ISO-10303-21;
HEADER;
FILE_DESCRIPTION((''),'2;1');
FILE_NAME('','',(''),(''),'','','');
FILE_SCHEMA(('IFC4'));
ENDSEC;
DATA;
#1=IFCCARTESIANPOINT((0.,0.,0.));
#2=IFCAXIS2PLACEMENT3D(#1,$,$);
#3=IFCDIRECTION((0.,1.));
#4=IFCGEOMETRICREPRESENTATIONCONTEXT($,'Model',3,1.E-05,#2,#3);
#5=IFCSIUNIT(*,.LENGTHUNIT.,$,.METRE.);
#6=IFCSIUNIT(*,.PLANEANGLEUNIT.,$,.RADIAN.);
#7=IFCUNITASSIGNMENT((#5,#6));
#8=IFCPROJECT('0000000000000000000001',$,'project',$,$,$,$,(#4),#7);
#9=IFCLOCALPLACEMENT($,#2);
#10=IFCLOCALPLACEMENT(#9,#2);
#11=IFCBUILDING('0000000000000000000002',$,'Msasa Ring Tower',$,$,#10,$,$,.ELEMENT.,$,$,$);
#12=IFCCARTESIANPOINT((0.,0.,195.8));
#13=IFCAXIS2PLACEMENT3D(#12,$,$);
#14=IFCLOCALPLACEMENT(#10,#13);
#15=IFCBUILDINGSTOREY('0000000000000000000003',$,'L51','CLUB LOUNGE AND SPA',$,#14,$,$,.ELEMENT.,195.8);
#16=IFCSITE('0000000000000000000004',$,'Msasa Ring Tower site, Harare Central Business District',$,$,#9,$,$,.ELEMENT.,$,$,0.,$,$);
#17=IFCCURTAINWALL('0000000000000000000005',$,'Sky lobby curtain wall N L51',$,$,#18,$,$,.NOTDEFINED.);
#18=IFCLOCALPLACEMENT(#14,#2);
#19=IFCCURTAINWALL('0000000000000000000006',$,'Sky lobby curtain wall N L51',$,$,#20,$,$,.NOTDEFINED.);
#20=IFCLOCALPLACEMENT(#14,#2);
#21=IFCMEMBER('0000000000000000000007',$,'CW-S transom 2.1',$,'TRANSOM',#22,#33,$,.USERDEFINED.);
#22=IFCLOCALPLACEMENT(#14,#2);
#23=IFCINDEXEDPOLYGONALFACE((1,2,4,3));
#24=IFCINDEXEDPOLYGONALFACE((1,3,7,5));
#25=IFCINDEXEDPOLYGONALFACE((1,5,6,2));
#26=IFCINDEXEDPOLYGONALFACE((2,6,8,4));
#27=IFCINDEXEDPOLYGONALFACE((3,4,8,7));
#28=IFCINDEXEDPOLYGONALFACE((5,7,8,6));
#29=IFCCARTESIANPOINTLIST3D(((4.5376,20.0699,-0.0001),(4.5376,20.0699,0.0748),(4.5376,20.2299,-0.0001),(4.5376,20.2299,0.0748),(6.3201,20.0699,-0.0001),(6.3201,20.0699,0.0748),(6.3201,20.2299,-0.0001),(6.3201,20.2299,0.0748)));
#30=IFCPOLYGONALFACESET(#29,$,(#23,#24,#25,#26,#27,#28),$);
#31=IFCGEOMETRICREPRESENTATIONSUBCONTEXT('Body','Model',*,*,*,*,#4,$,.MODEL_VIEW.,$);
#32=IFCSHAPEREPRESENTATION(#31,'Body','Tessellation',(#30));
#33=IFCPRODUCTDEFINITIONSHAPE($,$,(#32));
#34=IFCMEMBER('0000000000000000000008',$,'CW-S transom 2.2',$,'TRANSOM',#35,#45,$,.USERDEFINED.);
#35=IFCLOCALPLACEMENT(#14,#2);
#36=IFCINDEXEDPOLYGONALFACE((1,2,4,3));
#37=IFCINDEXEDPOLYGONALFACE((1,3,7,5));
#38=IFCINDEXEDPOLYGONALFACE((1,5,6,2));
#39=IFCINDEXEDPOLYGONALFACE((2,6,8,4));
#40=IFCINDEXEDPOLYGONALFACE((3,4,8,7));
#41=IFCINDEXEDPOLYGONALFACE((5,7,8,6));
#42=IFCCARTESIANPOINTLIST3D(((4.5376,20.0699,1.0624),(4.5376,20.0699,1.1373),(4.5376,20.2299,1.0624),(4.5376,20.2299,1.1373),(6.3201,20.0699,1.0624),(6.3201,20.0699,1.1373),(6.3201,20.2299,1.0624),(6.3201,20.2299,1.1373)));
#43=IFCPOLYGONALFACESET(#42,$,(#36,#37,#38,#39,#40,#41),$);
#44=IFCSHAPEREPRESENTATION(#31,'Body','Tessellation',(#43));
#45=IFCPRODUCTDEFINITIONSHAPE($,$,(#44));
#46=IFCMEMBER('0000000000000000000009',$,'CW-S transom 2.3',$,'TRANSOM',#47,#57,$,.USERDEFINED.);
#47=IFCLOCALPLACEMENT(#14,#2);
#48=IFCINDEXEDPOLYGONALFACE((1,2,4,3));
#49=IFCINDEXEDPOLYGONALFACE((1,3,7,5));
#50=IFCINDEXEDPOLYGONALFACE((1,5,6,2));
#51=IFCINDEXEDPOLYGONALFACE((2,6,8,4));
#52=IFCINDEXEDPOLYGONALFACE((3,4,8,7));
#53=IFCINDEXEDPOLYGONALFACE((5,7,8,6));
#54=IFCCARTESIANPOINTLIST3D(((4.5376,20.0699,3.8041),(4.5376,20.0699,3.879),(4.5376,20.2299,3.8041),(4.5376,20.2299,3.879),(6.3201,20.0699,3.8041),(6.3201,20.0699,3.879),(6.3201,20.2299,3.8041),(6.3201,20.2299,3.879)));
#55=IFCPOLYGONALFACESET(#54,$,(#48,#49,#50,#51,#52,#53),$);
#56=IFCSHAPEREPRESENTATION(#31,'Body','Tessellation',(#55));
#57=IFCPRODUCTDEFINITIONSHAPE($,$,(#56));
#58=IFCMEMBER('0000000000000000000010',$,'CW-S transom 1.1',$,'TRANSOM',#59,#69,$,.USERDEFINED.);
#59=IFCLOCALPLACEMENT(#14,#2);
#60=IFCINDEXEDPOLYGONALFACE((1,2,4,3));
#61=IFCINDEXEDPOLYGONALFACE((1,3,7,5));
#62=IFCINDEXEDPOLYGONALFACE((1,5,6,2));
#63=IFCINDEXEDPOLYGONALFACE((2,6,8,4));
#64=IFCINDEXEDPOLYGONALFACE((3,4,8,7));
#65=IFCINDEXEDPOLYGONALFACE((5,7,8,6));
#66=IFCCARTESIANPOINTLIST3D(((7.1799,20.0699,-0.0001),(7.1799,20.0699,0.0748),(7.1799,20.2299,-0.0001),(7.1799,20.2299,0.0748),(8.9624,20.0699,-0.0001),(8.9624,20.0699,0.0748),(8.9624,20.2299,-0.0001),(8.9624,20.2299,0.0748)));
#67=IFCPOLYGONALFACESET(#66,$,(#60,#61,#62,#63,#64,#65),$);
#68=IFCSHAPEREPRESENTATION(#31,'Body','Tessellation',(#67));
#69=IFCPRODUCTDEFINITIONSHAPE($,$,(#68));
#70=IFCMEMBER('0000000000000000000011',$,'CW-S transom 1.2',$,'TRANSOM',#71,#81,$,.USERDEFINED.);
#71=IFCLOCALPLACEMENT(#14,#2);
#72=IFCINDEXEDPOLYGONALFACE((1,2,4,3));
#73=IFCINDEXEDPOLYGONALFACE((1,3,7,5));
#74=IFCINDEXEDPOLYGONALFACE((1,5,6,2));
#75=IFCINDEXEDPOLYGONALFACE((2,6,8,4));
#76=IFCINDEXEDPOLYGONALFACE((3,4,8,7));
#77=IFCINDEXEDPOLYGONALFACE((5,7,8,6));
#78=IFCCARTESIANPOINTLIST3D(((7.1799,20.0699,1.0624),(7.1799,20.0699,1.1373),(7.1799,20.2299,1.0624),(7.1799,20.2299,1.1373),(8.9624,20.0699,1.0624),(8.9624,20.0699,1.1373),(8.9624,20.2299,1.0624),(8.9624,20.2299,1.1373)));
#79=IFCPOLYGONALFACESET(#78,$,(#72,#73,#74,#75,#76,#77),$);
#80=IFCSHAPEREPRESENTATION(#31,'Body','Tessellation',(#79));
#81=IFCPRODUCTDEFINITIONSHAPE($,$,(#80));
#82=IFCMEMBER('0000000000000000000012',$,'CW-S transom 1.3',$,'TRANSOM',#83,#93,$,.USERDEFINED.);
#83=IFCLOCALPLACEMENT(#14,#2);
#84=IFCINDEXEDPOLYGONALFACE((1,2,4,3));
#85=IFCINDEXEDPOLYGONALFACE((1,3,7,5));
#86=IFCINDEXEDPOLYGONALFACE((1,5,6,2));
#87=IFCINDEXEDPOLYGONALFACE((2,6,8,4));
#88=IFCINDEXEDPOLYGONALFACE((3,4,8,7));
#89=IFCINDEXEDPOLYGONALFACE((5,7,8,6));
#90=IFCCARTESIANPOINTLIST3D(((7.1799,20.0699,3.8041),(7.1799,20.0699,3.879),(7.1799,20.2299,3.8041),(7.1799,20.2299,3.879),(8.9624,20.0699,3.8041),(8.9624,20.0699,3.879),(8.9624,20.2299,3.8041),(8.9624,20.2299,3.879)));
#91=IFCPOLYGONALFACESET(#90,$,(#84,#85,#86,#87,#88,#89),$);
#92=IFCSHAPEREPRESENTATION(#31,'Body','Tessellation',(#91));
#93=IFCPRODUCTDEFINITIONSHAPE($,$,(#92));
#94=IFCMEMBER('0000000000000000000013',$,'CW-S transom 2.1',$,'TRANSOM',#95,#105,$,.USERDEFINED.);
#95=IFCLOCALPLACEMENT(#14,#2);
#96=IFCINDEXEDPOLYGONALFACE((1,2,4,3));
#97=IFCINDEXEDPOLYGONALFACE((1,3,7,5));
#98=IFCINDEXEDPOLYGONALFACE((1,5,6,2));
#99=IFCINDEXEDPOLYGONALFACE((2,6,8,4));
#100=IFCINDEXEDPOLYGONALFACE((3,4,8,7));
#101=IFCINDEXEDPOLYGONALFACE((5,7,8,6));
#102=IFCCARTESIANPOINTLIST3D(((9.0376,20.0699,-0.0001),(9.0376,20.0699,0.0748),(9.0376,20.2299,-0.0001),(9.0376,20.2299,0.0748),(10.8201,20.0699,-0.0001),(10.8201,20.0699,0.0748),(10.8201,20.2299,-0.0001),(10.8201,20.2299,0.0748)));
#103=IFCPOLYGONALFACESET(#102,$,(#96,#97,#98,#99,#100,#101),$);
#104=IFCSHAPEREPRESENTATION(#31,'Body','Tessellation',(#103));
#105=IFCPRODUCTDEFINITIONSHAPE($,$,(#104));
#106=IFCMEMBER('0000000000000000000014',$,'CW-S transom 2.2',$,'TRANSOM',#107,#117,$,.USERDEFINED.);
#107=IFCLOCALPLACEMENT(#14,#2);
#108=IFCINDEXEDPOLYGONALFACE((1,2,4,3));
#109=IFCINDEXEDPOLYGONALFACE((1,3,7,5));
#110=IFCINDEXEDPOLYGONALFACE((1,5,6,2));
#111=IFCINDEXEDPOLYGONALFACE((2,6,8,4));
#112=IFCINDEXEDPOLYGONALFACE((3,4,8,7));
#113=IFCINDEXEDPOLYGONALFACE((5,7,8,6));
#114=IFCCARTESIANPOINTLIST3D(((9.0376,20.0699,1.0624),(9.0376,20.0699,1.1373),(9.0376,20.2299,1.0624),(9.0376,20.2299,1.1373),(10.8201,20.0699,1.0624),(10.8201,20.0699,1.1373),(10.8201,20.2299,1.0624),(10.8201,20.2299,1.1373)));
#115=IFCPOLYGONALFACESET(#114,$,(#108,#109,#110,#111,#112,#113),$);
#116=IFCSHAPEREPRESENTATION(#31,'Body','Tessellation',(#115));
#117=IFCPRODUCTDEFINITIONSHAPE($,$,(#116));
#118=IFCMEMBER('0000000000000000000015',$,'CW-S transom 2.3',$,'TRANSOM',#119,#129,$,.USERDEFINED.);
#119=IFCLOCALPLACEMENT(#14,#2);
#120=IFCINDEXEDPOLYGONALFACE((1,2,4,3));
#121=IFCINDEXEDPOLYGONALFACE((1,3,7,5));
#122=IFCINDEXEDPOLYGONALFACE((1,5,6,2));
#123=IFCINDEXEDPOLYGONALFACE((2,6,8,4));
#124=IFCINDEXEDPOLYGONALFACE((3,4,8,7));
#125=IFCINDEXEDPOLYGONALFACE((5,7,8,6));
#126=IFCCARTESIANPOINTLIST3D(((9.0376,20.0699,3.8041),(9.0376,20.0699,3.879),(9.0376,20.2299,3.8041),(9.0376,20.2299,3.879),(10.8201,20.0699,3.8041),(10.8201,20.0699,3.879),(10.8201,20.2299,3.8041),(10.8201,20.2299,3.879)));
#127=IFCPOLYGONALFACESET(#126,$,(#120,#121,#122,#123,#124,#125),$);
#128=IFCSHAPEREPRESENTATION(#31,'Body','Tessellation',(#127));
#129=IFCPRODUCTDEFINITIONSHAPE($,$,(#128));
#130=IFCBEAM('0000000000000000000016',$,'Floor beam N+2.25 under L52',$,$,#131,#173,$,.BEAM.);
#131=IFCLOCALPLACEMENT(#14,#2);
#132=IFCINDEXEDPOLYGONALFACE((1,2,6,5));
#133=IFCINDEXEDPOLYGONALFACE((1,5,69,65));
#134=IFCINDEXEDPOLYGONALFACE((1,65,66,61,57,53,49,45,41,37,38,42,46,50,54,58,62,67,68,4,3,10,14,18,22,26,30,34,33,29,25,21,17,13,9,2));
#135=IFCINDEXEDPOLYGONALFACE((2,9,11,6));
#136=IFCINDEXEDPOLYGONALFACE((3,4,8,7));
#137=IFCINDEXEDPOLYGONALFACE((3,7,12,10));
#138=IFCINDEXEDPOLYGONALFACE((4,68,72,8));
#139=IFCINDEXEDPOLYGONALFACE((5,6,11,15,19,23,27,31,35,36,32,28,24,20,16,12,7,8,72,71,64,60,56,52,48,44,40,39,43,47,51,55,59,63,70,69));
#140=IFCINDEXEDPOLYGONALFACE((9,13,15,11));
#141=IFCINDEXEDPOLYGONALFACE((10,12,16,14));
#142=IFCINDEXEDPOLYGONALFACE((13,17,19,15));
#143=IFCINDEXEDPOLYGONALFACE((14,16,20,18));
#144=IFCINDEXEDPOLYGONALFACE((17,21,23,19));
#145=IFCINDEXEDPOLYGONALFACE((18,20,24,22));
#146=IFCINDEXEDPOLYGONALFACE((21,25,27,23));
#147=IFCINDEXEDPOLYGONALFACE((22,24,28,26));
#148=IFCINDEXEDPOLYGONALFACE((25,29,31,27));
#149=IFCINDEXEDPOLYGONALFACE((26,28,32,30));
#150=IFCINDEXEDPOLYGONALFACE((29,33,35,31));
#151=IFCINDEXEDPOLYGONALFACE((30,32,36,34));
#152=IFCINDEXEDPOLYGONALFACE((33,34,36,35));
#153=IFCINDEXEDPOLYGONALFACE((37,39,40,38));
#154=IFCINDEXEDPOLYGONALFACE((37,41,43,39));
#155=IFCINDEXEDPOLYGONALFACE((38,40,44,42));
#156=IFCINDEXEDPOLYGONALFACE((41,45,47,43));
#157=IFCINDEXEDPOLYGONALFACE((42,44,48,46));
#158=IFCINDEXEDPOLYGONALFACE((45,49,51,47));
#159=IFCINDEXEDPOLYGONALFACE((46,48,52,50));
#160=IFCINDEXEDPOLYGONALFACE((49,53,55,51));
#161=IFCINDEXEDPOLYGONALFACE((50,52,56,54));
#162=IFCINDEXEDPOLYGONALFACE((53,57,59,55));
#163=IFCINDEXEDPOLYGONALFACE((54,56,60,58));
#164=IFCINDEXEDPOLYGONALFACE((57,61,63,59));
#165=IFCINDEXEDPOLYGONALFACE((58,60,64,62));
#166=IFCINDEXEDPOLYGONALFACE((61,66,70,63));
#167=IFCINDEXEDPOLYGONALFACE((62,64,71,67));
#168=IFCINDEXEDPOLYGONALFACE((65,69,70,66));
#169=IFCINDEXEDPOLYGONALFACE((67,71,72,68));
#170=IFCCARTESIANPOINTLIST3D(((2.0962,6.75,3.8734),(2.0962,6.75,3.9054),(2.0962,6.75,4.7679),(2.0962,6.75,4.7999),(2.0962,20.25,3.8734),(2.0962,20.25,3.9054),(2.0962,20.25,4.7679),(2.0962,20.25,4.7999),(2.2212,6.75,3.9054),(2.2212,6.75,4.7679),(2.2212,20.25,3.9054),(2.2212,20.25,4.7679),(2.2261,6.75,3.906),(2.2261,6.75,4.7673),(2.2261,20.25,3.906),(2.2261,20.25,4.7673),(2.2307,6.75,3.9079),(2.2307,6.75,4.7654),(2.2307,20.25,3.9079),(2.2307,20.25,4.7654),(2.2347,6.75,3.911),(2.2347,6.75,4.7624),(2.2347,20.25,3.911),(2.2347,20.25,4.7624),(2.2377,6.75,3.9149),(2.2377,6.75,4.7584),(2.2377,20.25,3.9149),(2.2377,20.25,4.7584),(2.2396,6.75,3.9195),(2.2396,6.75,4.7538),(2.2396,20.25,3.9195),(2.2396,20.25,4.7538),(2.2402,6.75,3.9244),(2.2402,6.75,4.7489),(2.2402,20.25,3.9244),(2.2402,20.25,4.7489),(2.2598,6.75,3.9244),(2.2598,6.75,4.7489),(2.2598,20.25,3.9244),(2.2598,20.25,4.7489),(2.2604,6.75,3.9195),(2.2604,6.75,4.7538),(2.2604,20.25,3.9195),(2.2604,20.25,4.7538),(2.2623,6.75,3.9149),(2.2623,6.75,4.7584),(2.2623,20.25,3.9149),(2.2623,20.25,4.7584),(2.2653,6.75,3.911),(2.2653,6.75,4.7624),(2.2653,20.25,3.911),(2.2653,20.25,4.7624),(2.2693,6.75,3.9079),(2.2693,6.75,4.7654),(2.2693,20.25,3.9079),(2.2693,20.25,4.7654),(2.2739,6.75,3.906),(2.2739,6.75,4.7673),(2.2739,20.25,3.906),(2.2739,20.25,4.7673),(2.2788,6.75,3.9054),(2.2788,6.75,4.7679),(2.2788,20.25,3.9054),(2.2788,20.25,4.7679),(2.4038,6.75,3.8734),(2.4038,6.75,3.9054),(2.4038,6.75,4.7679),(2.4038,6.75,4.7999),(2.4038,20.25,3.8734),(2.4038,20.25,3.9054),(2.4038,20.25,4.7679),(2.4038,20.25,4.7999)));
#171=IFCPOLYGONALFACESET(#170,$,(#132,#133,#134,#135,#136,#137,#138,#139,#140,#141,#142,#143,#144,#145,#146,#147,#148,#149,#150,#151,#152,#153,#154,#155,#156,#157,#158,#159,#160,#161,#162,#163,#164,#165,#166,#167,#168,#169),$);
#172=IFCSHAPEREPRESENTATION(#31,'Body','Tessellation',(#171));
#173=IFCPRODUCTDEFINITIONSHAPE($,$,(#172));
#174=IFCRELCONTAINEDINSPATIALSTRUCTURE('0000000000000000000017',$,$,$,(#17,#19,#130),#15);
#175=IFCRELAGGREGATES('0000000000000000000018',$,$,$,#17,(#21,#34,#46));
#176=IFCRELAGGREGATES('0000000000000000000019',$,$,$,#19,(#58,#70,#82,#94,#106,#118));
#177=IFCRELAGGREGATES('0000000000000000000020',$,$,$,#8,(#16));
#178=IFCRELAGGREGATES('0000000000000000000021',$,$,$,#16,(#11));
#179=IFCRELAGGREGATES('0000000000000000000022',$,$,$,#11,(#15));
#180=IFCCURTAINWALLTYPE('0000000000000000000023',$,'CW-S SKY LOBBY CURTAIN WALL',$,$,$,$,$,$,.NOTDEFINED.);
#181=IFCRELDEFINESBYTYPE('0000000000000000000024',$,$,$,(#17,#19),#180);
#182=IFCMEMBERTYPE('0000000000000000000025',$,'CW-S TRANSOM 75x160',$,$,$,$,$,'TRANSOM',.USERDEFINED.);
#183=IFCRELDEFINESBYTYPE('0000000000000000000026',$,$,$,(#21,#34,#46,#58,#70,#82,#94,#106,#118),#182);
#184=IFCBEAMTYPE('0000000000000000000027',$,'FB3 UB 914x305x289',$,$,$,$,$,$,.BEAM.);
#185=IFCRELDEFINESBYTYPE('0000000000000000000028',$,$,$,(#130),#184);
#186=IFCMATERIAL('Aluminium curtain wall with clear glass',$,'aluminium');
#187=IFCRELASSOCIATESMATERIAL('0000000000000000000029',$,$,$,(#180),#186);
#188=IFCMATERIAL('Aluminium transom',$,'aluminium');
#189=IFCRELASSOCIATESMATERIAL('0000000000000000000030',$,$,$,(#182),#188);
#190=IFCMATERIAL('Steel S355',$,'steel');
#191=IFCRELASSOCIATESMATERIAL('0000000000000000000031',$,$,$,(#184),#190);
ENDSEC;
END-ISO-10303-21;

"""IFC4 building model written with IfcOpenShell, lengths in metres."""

from ifc_helpers import new_model, si_unit, direction, frame, origin, origin_2d, place, context, subcontext, project, spatial, rectangle, i_section, extrude, material, material_profile, profile_set, type_object, element, aggregate, save


model = new_model("IFC4")

# Units and contexts
model_context = context("Model", 3, precision=1e-05, world=origin(), true_north=direction((0.0, 1.0)))
body_context = subcontext(model_context, "Body", "Model", "MODEL_VIEW")
ifc_project = project(units=[si_unit("LENGTHUNIT", "METRE"), si_unit("PLANEANGLEUNIT", "RADIAN")], contexts=[model_context])

# Site, building, storey
site_placement = place(None, origin())
site = spatial("IfcSite", under=ifc_project, at=site_placement, Name="Msasa Ring Tower site, Harare Central Business District", CompositionType="ELEMENT", RefElevation=0.0)
building_placement = place(site_placement, origin())
building = spatial("IfcBuilding", under=site, at=building_placement, Name="Msasa Ring Tower", CompositionType="ELEMENT")
storey_placement = place(building_placement, frame((0.0, 0.0, 195.8)))
storey = spatial("IfcBuildingStorey", under=building, at=storey_placement, Name="L51", Description="CLUB LOUNGE AND SPA", CompositionType="ELEMENT", Elevation=195.8)

# Shared definitions
ifc_material_1 = material(Name="Aluminium curtain wall with clear glass", Category="aluminium")
curtain_wall_type = type_object("IfcCurtainWallType", Name="CW-S SKY LOBBY CURTAIN WALL", PredefinedType="NOTDEFINED", material=ifc_material_1)

# Curtain walls
curtain_wall_1_placement = place(storey_placement, origin())
curtain_wall_1 = element("IfcCurtainWall", 1, at=curtain_wall_1_placement, inside=storey, type_object=curtain_wall_type, Name="Sky lobby curtain wall N L51", PredefinedType="NOTDEFINED")
curtain_wall_2_placement = place(storey_placement, origin())
curtain_wall_2 = element("IfcCurtainWall", 2, at=curtain_wall_2_placement, inside=storey, type_object=curtain_wall_type, Name="Sky lobby curtain wall N L51", PredefinedType="NOTDEFINED")

# Members
ifc_material_2 = material(Name="Aluminium transom", Category="aluminium")
ifc_material_profile_1 = material_profile(ifc_material_2, rectangle(XDim=0.1599, YDim=0.075, at=origin_2d()), Name="AL 75x160")
ifc_profile_set_1 = profile_set([ifc_material_profile_1], Name="Aluminium transom")
member_type_1 = type_object("IfcMemberType", Name="CW-S TRANSOM 75x160", ElementType="TRANSOM", PredefinedType="USERDEFINED", material=ifc_profile_set_1)
member_1_placement = place(storey_placement, frame((4.5376, 20.1499, 0.0374), z_axis=(1.0, 0.0, 0.0), x_axis=(0.0, 1.0, 0.0)))
member_1 = element("IfcMember", 3, at=member_1_placement, type_object=member_type_1, Name="CW-S transom 2.1", ObjectType="TRANSOM", PredefinedType="USERDEFINED", context=body_context, shape_type="SweptSolid", body=[
    extrude(rectangle(XDim=0.1599, YDim=0.075, at=origin_2d()), origin(), (0.0, 0.0, 1.0), 1.7825),
])
member_2_placement = place(storey_placement, frame((4.5376, 20.1499, 1.0999), z_axis=(1.0, 0.0, 0.0), x_axis=(0.0, 1.0, 0.0)))
member_2 = element("IfcMember", 4, at=member_2_placement, type_object=member_type_1, Name="CW-S transom 2.2", ObjectType="TRANSOM", PredefinedType="USERDEFINED", context=body_context, shape_type="SweptSolid", body=[
    extrude(rectangle(XDim=0.1599, YDim=0.075, at=origin_2d()), origin(), (0.0, 0.0, 1.0), 1.7825),
])
member_3_placement = place(storey_placement, frame((4.5376, 20.1499, 3.8416), z_axis=(1.0, 0.0, 0.0), x_axis=(0.0, 1.0, 0.0)))
member_3 = element("IfcMember", 5, at=member_3_placement, type_object=member_type_1, Name="CW-S transom 2.3", ObjectType="TRANSOM", PredefinedType="USERDEFINED", context=body_context, shape_type="SweptSolid", body=[
    extrude(rectangle(XDim=0.1599, YDim=0.075, at=origin_2d()), origin(), (0.0, 0.0, 1.0), 1.7825),
])
member_4_placement = place(storey_placement, frame((7.1799, 20.1499, 0.0374), z_axis=(1.0, 0.0, 0.0), x_axis=(0.0, 1.0, 0.0)))
member_4 = element("IfcMember", 6, at=member_4_placement, type_object=member_type_1, Name="CW-S transom 1.1", ObjectType="TRANSOM", PredefinedType="USERDEFINED", context=body_context, shape_type="SweptSolid", body=[
    extrude(rectangle(XDim=0.1599, YDim=0.075, at=origin_2d()), origin(), (0.0, 0.0, 1.0), 1.7825),
])
member_5_placement = place(storey_placement, frame((7.1799, 20.1499, 1.0999), z_axis=(1.0, 0.0, 0.0), x_axis=(0.0, 1.0, 0.0)))
member_5 = element("IfcMember", 7, at=member_5_placement, type_object=member_type_1, Name="CW-S transom 1.2", ObjectType="TRANSOM", PredefinedType="USERDEFINED", context=body_context, shape_type="SweptSolid", body=[
    extrude(rectangle(XDim=0.1599, YDim=0.075, at=origin_2d()), origin(), (0.0, 0.0, 1.0), 1.7825),
])
member_6_placement = place(storey_placement, frame((7.1799, 20.1499, 3.8416), z_axis=(1.0, 0.0, 0.0), x_axis=(0.0, 1.0, 0.0)))
member_6 = element("IfcMember", 8, at=member_6_placement, type_object=member_type_1, Name="CW-S transom 1.3", ObjectType="TRANSOM", PredefinedType="USERDEFINED", context=body_context, shape_type="SweptSolid", body=[
    extrude(rectangle(XDim=0.1599, YDim=0.075, at=origin_2d()), origin(), (0.0, 0.0, 1.0), 1.7825),
])
member_7_placement = place(storey_placement, frame((9.0376, 20.1499, 0.0374), z_axis=(1.0, 0.0, 0.0), x_axis=(0.0, 1.0, 0.0)))
member_7 = element("IfcMember", 9, at=member_7_placement, type_object=member_type_1, Name="CW-S transom 2.1", ObjectType="TRANSOM", PredefinedType="USERDEFINED", context=body_context, shape_type="SweptSolid", body=[
    extrude(rectangle(XDim=0.1599, YDim=0.075, at=origin_2d()), origin(), (0.0, 0.0, 1.0), 1.7825),
])
member_8_placement = place(storey_placement, frame((9.0376, 20.1499, 1.0999), z_axis=(1.0, 0.0, 0.0), x_axis=(0.0, 1.0, 0.0)))
member_8 = element("IfcMember", 10, at=member_8_placement, type_object=member_type_1, Name="CW-S transom 2.2", ObjectType="TRANSOM", PredefinedType="USERDEFINED", context=body_context, shape_type="SweptSolid", body=[
    extrude(rectangle(XDim=0.1599, YDim=0.075, at=origin_2d()), origin(), (0.0, 0.0, 1.0), 1.7825),
])
member_9_placement = place(storey_placement, frame((9.0376, 20.1499, 3.8416), z_axis=(1.0, 0.0, 0.0), x_axis=(0.0, 1.0, 0.0)))
member_9 = element("IfcMember", 11, at=member_9_placement, type_object=member_type_1, Name="CW-S transom 2.3", ObjectType="TRANSOM", PredefinedType="USERDEFINED", context=body_context, shape_type="SweptSolid", body=[
    extrude(rectangle(XDim=0.1599, YDim=0.075, at=origin_2d()), origin(), (0.0, 0.0, 1.0), 1.7825),
])

# Beam
ifc_material_3 = material(Name="Steel S355", Category="steel")
ifc_material_profile_2 = material_profile(ifc_material_3, i_section(OverallWidth=0.3076, OverallDepth=0.9265, WebThickness=0.0195, FlangeThickness=0.032, FilletRadius=0.019, at=origin_2d()), Name="UB 914x305x289")
ifc_profile_set_2 = profile_set([ifc_material_profile_2], Name="Steel S355")
beam_type_1 = type_object("IfcBeamType", Name="FB3 UB 914x305x289", PredefinedType="BEAM", material=ifc_profile_set_2)
for number, where, z_axis, x_axis, name in (
    (12, (2.25, 20.25, 4.3367), (0.0, -1.0, 0.0), (1.0, 0.0, 0.0), "Floor beam N+2.25 under L52"),
):
    element("IfcBeam", number, at=place(storey_placement, frame(where, z_axis=z_axis, x_axis=x_axis)), inside=storey, type_object=beam_type_1, Name=name, PredefinedType="BEAM", context=body_context, shape_type="SweptSolid", body=[
        extrude(i_section(OverallWidth=0.3076, OverallDepth=0.9265, WebThickness=0.0195, FlangeThickness=0.032, FilletRadius=0.019, at=origin_2d()), origin(), (0.0, 0.0, 1.0), 13.5),
    ])

aggregate(curtain_wall_1, [member_1, member_2, member_3])
aggregate(curtain_wall_2, [member_4, member_5, member_6, member_7, member_8, member_9])

save(model, "model.ifc")
